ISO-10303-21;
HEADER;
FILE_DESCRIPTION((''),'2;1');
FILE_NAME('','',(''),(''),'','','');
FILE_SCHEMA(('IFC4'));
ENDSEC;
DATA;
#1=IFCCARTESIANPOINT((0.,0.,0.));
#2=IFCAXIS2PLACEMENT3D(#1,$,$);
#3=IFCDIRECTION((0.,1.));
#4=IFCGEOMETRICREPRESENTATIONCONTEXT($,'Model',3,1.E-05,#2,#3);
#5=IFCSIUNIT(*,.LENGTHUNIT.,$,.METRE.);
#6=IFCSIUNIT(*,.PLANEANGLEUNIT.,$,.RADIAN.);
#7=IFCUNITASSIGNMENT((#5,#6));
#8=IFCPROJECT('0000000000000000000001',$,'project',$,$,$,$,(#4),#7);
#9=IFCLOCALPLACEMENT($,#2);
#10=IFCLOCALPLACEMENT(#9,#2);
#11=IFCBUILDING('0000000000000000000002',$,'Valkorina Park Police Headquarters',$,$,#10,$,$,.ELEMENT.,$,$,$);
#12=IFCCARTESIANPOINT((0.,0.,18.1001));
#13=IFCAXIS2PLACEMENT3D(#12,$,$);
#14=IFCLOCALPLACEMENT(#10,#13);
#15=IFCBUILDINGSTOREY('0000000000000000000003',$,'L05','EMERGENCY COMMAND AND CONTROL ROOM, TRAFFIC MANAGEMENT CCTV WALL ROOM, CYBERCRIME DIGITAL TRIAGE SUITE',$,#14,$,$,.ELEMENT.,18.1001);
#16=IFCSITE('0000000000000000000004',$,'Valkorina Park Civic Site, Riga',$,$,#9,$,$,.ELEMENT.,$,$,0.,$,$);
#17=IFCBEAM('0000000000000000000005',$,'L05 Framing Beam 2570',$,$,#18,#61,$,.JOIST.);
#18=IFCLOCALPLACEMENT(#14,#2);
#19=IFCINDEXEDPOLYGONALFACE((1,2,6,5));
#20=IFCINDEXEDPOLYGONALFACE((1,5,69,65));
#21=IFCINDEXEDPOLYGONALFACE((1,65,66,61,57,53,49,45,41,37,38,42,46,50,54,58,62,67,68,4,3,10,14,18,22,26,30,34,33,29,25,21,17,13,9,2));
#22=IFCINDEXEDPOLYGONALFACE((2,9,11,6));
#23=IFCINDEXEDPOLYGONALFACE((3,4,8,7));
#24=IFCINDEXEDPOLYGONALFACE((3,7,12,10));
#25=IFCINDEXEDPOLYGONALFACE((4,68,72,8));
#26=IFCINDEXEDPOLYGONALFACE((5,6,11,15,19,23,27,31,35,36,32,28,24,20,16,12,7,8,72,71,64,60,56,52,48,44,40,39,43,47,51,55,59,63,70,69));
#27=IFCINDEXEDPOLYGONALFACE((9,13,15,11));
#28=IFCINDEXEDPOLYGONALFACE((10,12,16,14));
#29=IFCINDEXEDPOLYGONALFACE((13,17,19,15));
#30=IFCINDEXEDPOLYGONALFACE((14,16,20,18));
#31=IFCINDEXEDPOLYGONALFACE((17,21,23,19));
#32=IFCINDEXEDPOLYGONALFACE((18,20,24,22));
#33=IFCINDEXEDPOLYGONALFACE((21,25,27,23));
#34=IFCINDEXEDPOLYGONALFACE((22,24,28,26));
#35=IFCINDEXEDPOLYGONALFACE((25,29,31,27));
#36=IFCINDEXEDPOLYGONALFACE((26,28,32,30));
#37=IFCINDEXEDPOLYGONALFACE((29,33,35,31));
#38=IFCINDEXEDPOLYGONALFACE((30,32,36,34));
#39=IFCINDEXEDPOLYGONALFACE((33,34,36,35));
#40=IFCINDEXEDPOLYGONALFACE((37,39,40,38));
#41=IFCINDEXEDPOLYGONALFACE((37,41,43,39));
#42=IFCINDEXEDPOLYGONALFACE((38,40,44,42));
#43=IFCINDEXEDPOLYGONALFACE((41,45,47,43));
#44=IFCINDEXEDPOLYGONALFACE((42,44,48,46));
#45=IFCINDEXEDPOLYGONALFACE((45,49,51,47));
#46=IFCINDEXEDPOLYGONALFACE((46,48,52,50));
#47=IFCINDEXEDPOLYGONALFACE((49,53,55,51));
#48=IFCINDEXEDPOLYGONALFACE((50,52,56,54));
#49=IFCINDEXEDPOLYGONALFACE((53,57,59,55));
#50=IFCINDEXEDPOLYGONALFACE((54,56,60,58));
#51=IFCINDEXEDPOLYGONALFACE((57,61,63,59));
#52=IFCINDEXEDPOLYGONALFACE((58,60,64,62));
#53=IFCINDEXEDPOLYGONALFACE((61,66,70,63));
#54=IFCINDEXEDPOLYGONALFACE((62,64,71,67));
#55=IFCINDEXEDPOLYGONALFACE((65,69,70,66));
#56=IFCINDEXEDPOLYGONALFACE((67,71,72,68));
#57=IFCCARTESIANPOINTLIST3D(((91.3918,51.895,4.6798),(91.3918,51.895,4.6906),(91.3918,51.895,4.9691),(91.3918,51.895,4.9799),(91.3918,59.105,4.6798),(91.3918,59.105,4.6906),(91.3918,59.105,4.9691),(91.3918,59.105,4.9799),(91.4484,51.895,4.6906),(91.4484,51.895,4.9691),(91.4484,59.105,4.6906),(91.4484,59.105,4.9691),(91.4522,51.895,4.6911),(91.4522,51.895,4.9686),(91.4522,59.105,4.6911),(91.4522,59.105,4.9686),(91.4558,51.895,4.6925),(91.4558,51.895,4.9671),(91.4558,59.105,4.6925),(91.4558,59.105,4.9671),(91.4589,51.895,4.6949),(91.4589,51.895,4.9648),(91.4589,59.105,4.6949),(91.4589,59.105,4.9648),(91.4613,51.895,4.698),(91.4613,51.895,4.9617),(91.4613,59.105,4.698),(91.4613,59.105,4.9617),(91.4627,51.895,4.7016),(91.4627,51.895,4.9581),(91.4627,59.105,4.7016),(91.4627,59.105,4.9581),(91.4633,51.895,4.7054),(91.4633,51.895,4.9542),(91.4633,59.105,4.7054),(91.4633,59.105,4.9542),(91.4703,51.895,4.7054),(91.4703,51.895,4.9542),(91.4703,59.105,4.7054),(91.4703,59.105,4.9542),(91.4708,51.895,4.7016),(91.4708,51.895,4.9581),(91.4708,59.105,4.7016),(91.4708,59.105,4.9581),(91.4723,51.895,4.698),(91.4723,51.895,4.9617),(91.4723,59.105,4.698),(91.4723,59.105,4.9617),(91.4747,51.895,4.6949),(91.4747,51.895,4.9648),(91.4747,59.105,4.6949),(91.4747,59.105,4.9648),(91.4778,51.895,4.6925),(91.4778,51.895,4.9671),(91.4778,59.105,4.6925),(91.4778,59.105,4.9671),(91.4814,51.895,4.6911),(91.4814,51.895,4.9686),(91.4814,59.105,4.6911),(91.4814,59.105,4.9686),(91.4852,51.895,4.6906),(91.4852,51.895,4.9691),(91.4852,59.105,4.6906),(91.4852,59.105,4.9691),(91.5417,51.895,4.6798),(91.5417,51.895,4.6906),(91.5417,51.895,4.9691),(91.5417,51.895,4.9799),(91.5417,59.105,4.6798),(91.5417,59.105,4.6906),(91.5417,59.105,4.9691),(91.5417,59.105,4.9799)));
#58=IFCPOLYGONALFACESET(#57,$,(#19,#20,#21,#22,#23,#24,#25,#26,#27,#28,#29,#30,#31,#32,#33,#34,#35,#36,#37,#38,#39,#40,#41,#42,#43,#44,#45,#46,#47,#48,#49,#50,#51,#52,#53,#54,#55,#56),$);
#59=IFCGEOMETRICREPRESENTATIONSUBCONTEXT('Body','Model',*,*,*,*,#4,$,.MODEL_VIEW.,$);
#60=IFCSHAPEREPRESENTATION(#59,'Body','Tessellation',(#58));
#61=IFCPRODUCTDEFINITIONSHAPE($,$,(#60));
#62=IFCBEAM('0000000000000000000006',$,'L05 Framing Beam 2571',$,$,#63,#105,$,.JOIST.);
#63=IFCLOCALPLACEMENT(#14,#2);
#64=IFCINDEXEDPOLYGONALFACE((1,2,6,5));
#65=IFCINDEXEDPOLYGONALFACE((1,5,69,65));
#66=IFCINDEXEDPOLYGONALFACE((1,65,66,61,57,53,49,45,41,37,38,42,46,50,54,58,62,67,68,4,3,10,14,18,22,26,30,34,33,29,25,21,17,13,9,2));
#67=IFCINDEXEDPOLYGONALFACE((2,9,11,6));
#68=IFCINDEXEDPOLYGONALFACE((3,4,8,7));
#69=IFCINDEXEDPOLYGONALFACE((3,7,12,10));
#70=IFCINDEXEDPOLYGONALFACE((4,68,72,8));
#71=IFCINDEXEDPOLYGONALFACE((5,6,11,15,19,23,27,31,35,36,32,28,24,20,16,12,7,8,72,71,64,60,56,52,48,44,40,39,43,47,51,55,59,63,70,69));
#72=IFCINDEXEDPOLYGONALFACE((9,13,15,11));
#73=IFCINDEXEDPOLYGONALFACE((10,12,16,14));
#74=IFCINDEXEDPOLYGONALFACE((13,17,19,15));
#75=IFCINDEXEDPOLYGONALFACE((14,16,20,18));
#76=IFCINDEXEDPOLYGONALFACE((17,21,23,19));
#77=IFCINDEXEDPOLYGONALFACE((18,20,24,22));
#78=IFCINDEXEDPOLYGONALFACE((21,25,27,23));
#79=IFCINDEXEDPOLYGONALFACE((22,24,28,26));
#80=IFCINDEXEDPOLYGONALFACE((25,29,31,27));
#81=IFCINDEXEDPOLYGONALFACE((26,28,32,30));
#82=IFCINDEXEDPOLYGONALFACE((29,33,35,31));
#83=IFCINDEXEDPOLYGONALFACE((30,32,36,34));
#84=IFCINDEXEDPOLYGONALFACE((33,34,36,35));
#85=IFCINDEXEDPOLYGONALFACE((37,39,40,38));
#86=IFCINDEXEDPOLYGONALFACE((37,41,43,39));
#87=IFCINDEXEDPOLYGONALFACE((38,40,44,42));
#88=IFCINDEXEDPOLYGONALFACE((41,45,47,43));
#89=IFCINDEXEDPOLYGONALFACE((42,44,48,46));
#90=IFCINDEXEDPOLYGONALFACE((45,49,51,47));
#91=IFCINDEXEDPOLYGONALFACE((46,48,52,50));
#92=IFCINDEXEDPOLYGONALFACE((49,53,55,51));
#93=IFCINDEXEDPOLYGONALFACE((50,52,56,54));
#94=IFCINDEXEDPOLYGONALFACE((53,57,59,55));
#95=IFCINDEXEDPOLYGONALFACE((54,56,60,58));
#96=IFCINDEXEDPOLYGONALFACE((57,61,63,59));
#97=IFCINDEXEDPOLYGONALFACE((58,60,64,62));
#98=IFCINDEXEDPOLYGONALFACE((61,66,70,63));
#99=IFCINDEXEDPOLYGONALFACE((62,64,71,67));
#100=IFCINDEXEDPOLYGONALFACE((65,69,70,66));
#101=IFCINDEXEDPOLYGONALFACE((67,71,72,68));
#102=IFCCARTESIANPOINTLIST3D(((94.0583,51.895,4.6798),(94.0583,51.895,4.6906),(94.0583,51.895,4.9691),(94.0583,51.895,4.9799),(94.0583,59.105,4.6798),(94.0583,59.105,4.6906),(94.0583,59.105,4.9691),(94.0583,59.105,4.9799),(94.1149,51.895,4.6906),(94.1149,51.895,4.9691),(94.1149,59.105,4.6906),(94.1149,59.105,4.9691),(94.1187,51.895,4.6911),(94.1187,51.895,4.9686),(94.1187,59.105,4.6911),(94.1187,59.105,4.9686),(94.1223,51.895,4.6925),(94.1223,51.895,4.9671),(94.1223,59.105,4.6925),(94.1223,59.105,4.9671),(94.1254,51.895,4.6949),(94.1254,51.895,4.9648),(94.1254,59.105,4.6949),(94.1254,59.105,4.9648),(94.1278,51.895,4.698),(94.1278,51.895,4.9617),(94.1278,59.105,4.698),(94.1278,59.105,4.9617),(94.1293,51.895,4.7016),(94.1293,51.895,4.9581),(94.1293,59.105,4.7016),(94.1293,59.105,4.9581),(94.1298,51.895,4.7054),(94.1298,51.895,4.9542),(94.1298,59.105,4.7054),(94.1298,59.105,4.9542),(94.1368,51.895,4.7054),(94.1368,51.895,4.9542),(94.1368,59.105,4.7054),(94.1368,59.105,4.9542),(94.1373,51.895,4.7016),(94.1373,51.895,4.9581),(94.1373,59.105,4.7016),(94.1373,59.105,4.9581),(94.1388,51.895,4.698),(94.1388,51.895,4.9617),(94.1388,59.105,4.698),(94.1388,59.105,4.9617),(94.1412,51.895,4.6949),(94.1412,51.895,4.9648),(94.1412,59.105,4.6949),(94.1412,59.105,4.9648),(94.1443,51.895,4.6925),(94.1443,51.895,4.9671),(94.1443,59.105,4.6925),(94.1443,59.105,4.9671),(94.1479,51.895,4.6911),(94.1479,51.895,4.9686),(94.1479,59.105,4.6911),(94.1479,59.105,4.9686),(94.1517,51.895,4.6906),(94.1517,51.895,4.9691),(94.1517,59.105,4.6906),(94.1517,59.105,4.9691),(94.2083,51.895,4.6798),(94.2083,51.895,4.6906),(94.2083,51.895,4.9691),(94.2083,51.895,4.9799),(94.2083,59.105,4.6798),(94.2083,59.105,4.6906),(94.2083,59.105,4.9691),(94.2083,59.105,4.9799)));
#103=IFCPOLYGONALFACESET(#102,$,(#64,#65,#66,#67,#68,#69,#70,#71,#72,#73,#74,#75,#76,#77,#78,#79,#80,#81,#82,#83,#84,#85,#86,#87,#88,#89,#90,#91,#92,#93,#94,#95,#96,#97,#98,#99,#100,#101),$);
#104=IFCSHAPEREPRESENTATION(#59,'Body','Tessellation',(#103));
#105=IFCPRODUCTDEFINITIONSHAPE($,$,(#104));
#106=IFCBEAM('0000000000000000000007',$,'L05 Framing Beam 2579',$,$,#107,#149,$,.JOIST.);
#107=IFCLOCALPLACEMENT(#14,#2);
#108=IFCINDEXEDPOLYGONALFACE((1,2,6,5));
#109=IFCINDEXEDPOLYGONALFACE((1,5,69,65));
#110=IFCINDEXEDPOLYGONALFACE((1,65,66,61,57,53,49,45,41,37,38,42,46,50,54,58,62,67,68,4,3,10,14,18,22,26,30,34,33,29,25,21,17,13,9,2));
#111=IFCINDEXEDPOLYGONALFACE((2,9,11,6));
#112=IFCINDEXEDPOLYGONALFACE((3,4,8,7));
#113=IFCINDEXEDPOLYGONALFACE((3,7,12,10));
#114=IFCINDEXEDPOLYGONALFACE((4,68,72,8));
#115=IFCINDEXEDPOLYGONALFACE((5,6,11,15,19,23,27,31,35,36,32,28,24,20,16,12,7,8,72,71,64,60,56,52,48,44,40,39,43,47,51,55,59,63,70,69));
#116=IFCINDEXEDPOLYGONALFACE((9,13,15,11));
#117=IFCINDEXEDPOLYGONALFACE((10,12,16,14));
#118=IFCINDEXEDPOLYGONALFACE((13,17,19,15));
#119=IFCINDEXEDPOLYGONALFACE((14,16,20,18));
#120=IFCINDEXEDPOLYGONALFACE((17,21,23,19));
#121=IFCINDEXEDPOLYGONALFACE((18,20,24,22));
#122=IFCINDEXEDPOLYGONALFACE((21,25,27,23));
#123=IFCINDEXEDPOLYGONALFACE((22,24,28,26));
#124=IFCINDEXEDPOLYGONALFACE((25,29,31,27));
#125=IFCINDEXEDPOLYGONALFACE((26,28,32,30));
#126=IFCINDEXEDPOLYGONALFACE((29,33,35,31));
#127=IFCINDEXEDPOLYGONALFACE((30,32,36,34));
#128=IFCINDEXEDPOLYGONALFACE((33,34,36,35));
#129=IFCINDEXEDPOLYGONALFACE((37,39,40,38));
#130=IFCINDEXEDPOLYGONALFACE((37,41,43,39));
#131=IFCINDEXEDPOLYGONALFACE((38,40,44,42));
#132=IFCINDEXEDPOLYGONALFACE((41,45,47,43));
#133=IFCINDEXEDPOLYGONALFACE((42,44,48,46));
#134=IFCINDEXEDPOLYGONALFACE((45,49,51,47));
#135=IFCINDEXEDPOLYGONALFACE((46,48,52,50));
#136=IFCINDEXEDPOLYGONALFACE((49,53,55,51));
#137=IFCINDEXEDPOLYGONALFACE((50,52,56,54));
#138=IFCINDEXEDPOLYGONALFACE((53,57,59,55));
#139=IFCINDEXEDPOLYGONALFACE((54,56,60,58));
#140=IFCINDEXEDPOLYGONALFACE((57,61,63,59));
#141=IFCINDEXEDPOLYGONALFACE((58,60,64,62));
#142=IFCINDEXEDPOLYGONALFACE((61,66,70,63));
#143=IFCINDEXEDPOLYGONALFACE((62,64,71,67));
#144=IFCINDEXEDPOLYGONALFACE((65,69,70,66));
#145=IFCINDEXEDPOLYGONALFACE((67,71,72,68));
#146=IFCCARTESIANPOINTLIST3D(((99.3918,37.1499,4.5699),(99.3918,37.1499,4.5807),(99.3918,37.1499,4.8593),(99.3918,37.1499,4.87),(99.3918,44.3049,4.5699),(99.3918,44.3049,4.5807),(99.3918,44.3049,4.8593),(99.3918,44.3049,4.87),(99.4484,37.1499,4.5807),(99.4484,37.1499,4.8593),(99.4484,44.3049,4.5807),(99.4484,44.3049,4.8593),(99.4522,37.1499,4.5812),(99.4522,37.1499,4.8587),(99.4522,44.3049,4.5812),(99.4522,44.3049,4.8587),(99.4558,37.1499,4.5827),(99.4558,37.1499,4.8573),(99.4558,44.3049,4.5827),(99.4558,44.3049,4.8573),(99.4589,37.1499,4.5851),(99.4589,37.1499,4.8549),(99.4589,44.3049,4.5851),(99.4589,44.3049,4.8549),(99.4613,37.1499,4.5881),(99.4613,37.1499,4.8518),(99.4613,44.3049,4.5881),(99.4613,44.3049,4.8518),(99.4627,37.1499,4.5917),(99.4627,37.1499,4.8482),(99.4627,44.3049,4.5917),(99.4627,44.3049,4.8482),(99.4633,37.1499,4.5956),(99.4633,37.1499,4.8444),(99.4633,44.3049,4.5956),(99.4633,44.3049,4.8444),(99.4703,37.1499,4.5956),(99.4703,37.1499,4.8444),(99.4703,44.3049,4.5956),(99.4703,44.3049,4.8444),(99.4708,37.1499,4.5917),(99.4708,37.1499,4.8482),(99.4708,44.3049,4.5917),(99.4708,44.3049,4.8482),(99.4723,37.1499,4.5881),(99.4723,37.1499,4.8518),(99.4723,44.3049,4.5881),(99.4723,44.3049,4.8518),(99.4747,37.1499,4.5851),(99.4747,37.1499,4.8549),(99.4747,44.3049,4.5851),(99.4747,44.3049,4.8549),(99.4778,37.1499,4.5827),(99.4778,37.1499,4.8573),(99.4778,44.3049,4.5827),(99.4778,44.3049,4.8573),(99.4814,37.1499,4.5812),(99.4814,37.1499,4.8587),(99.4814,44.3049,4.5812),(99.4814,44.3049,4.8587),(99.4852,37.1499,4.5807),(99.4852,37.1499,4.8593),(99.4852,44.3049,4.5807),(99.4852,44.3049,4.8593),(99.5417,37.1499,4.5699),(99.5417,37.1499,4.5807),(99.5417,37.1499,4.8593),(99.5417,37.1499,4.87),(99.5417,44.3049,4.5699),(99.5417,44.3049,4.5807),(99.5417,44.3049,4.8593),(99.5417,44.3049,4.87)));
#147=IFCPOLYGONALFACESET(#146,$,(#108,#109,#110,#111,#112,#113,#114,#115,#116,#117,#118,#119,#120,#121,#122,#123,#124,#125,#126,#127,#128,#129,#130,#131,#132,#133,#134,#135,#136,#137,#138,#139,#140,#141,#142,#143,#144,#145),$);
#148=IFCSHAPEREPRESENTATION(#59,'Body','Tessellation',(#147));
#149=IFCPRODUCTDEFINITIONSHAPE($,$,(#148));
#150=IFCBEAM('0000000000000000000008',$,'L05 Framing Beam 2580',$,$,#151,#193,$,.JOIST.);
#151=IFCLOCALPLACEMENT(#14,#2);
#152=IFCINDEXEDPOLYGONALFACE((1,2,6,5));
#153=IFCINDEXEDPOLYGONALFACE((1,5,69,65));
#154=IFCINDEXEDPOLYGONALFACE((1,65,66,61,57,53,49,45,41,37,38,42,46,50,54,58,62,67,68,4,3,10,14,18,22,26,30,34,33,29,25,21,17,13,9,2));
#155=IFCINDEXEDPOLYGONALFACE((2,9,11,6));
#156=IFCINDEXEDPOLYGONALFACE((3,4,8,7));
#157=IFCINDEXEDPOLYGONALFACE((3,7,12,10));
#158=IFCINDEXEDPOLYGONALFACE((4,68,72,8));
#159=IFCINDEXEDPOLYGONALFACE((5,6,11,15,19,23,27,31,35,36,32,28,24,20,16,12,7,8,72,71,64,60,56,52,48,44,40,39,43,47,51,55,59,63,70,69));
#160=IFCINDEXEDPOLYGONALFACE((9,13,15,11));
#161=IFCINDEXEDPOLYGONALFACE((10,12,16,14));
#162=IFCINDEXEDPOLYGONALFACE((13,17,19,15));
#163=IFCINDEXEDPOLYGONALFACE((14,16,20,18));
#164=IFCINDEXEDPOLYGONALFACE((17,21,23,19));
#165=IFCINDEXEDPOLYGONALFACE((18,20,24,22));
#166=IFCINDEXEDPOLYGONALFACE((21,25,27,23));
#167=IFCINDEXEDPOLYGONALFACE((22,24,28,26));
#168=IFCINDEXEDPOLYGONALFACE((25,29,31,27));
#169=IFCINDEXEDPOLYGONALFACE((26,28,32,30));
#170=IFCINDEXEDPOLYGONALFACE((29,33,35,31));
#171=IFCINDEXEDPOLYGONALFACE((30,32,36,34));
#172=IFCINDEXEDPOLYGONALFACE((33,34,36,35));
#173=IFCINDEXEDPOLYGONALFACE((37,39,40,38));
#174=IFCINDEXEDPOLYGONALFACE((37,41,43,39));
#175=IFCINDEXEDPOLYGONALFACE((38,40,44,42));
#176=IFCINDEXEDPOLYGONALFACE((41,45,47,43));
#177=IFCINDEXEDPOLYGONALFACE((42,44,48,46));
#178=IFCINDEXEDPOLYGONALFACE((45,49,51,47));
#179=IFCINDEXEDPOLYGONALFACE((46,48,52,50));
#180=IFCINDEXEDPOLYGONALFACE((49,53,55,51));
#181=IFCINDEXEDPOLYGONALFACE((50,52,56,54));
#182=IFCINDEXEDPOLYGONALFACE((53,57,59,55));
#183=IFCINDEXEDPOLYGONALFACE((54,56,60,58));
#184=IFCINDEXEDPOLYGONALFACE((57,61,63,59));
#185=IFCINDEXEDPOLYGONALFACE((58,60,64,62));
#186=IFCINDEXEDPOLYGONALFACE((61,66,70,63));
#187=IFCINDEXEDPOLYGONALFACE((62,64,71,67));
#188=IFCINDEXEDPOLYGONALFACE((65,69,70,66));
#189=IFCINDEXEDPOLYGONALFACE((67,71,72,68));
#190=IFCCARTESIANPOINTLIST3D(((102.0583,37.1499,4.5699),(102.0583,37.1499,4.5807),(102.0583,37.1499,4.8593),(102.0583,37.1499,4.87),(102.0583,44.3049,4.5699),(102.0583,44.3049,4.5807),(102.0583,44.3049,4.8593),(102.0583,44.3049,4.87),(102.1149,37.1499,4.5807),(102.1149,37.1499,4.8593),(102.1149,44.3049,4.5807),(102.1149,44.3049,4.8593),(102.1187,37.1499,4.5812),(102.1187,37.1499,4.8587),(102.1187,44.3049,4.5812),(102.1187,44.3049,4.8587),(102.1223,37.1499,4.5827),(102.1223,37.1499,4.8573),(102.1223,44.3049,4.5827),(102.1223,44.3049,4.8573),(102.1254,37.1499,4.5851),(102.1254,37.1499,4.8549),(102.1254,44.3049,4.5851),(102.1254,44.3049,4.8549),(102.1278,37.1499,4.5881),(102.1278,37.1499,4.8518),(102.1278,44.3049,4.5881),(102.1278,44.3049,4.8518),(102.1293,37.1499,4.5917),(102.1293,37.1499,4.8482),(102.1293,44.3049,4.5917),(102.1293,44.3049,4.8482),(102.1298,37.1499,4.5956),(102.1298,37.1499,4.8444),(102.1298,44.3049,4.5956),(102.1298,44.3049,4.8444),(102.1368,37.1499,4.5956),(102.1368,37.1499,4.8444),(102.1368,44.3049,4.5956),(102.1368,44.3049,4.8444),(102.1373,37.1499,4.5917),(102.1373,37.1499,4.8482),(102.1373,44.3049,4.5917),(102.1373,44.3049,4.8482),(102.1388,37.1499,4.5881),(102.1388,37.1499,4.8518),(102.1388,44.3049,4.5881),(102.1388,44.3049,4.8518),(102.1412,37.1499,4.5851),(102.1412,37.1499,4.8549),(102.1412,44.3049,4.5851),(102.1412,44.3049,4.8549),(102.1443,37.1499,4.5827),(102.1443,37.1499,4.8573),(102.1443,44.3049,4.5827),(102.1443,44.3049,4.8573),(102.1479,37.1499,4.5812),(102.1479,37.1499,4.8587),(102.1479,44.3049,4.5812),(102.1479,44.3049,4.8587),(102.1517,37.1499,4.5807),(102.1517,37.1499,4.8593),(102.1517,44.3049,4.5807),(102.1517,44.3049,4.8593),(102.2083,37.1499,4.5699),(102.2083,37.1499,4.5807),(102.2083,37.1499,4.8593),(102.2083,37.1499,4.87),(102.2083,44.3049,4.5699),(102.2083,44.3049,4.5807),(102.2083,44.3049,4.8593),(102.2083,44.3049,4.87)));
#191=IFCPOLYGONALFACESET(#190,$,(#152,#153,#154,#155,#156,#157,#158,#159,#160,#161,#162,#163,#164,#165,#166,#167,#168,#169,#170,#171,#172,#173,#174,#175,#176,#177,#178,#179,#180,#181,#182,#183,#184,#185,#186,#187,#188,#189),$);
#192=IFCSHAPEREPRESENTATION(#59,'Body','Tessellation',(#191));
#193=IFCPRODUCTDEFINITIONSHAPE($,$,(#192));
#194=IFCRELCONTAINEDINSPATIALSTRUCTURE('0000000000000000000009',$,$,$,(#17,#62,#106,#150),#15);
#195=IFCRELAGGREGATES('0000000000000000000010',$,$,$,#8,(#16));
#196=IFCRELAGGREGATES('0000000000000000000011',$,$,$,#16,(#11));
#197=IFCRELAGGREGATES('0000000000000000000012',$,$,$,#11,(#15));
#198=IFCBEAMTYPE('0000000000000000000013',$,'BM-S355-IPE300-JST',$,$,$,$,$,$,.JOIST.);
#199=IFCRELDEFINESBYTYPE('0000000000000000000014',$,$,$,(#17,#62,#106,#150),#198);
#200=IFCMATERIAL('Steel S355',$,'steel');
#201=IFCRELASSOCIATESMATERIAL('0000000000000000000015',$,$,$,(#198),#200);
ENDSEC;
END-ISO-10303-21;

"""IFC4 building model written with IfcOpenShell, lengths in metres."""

from ifc_helpers import new_model, si_unit, direction, frame, origin, origin_2d, place, context, subcontext, project, spatial, i_section, extrude, material, material_profile, profile_set, type_object, element, save


model = new_model("IFC4")

# Units and contexts
model_context = context("Model", 3, precision=1e-05, world=origin(), true_north=direction((0.0, 1.0)))
body_context = subcontext(model_context, "Body", "Model", "MODEL_VIEW")
ifc_project = project(units=[si_unit("LENGTHUNIT", "METRE"), si_unit("PLANEANGLEUNIT", "RADIAN")], contexts=[model_context])

# Site, building, storey
site_placement = place(None, origin())
site = spatial("IfcSite", under=ifc_project, at=site_placement, Name="Valkorina Park Civic Site, Riga", CompositionType="ELEMENT", RefElevation=0.0)
building_placement = place(site_placement, origin())
building = spatial("IfcBuilding", under=site, at=building_placement, Name="Valkorina Park Police Headquarters", CompositionType="ELEMENT")
storey_placement = place(building_placement, frame((0.0, 0.0, 18.1001)))
storey = spatial("IfcBuildingStorey", under=building, at=storey_placement, Name="L05", Description="EMERGENCY COMMAND AND CONTROL ROOM, TRAFFIC MANAGEMENT CCTV WALL ROOM, CYBERCRIME DIGITAL TRIAGE SUITE", CompositionType="ELEMENT", Elevation=18.1001)

# Shared definitions
ifc_material_1 = material(Name="Steel S355", Category="steel")

# Beams
ifc_material_profile_1 = material_profile(ifc_material_1, i_section(OverallWidth=0.1499, OverallDepth=0.3, WebThickness=0.0071, FlangeThickness=0.0107, FilletRadius=0.0149, at=origin_2d()), Name="IPE 300")
ifc_profile_set_1 = profile_set([ifc_material_profile_1], Name="Steel S355")
beam_type_1 = type_object("IfcBeamType", Name="BM-S355-IPE300-JST", PredefinedType="JOIST", material=ifc_profile_set_1)
for number, where, z_axis, x_axis, name in (
    (1, (91.4668, 51.895, 4.8298), (0.0, 1.0, 0.0), (-1.0, 0.0, 0.0), "L05 Framing Beam 2570"),
    (2, (94.1333, 51.895, 4.8298), (0.0, 1.0, 0.0), (-1.0, 0.0, 0.0), "L05 Framing Beam 2571"),
):
    element("IfcBeam", number, at=place(storey_placement, frame(where, z_axis=z_axis, x_axis=x_axis)), inside=storey, type_object=beam_type_1, Name=name, PredefinedType="JOIST", context=body_context, shape_type="SweptSolid", body=[
        extrude(i_section(OverallWidth=0.1499, OverallDepth=0.3, WebThickness=0.0071, FlangeThickness=0.0107, FilletRadius=0.0149, at=origin_2d()), origin(), (0.0, 0.0, 1.0), 7.21),
    ])
for number, where, z_axis, x_axis, name in (
    (3, (99.4668, 37.1499, 4.72), (0.0, 1.0, 0.0), (-1.0, 0.0, 0.0), "L05 Framing Beam 2579"),
    (4, (102.1333, 37.1499, 4.72), (0.0, 1.0, 0.0), (-1.0, 0.0, 0.0), "L05 Framing Beam 2580"),
):
    element("IfcBeam", number, at=place(storey_placement, frame(where, z_axis=z_axis, x_axis=x_axis)), inside=storey, type_object=beam_type_1, Name=name, PredefinedType="JOIST", context=body_context, shape_type="SweptSolid", body=[
        extrude(i_section(OverallWidth=0.1499, OverallDepth=0.3, WebThickness=0.0071, FlangeThickness=0.0107, FilletRadius=0.0149, at=origin_2d()), origin(), (0.0, 0.0, 1.0), 7.155),
    ])

save(model, "model.ifc")
